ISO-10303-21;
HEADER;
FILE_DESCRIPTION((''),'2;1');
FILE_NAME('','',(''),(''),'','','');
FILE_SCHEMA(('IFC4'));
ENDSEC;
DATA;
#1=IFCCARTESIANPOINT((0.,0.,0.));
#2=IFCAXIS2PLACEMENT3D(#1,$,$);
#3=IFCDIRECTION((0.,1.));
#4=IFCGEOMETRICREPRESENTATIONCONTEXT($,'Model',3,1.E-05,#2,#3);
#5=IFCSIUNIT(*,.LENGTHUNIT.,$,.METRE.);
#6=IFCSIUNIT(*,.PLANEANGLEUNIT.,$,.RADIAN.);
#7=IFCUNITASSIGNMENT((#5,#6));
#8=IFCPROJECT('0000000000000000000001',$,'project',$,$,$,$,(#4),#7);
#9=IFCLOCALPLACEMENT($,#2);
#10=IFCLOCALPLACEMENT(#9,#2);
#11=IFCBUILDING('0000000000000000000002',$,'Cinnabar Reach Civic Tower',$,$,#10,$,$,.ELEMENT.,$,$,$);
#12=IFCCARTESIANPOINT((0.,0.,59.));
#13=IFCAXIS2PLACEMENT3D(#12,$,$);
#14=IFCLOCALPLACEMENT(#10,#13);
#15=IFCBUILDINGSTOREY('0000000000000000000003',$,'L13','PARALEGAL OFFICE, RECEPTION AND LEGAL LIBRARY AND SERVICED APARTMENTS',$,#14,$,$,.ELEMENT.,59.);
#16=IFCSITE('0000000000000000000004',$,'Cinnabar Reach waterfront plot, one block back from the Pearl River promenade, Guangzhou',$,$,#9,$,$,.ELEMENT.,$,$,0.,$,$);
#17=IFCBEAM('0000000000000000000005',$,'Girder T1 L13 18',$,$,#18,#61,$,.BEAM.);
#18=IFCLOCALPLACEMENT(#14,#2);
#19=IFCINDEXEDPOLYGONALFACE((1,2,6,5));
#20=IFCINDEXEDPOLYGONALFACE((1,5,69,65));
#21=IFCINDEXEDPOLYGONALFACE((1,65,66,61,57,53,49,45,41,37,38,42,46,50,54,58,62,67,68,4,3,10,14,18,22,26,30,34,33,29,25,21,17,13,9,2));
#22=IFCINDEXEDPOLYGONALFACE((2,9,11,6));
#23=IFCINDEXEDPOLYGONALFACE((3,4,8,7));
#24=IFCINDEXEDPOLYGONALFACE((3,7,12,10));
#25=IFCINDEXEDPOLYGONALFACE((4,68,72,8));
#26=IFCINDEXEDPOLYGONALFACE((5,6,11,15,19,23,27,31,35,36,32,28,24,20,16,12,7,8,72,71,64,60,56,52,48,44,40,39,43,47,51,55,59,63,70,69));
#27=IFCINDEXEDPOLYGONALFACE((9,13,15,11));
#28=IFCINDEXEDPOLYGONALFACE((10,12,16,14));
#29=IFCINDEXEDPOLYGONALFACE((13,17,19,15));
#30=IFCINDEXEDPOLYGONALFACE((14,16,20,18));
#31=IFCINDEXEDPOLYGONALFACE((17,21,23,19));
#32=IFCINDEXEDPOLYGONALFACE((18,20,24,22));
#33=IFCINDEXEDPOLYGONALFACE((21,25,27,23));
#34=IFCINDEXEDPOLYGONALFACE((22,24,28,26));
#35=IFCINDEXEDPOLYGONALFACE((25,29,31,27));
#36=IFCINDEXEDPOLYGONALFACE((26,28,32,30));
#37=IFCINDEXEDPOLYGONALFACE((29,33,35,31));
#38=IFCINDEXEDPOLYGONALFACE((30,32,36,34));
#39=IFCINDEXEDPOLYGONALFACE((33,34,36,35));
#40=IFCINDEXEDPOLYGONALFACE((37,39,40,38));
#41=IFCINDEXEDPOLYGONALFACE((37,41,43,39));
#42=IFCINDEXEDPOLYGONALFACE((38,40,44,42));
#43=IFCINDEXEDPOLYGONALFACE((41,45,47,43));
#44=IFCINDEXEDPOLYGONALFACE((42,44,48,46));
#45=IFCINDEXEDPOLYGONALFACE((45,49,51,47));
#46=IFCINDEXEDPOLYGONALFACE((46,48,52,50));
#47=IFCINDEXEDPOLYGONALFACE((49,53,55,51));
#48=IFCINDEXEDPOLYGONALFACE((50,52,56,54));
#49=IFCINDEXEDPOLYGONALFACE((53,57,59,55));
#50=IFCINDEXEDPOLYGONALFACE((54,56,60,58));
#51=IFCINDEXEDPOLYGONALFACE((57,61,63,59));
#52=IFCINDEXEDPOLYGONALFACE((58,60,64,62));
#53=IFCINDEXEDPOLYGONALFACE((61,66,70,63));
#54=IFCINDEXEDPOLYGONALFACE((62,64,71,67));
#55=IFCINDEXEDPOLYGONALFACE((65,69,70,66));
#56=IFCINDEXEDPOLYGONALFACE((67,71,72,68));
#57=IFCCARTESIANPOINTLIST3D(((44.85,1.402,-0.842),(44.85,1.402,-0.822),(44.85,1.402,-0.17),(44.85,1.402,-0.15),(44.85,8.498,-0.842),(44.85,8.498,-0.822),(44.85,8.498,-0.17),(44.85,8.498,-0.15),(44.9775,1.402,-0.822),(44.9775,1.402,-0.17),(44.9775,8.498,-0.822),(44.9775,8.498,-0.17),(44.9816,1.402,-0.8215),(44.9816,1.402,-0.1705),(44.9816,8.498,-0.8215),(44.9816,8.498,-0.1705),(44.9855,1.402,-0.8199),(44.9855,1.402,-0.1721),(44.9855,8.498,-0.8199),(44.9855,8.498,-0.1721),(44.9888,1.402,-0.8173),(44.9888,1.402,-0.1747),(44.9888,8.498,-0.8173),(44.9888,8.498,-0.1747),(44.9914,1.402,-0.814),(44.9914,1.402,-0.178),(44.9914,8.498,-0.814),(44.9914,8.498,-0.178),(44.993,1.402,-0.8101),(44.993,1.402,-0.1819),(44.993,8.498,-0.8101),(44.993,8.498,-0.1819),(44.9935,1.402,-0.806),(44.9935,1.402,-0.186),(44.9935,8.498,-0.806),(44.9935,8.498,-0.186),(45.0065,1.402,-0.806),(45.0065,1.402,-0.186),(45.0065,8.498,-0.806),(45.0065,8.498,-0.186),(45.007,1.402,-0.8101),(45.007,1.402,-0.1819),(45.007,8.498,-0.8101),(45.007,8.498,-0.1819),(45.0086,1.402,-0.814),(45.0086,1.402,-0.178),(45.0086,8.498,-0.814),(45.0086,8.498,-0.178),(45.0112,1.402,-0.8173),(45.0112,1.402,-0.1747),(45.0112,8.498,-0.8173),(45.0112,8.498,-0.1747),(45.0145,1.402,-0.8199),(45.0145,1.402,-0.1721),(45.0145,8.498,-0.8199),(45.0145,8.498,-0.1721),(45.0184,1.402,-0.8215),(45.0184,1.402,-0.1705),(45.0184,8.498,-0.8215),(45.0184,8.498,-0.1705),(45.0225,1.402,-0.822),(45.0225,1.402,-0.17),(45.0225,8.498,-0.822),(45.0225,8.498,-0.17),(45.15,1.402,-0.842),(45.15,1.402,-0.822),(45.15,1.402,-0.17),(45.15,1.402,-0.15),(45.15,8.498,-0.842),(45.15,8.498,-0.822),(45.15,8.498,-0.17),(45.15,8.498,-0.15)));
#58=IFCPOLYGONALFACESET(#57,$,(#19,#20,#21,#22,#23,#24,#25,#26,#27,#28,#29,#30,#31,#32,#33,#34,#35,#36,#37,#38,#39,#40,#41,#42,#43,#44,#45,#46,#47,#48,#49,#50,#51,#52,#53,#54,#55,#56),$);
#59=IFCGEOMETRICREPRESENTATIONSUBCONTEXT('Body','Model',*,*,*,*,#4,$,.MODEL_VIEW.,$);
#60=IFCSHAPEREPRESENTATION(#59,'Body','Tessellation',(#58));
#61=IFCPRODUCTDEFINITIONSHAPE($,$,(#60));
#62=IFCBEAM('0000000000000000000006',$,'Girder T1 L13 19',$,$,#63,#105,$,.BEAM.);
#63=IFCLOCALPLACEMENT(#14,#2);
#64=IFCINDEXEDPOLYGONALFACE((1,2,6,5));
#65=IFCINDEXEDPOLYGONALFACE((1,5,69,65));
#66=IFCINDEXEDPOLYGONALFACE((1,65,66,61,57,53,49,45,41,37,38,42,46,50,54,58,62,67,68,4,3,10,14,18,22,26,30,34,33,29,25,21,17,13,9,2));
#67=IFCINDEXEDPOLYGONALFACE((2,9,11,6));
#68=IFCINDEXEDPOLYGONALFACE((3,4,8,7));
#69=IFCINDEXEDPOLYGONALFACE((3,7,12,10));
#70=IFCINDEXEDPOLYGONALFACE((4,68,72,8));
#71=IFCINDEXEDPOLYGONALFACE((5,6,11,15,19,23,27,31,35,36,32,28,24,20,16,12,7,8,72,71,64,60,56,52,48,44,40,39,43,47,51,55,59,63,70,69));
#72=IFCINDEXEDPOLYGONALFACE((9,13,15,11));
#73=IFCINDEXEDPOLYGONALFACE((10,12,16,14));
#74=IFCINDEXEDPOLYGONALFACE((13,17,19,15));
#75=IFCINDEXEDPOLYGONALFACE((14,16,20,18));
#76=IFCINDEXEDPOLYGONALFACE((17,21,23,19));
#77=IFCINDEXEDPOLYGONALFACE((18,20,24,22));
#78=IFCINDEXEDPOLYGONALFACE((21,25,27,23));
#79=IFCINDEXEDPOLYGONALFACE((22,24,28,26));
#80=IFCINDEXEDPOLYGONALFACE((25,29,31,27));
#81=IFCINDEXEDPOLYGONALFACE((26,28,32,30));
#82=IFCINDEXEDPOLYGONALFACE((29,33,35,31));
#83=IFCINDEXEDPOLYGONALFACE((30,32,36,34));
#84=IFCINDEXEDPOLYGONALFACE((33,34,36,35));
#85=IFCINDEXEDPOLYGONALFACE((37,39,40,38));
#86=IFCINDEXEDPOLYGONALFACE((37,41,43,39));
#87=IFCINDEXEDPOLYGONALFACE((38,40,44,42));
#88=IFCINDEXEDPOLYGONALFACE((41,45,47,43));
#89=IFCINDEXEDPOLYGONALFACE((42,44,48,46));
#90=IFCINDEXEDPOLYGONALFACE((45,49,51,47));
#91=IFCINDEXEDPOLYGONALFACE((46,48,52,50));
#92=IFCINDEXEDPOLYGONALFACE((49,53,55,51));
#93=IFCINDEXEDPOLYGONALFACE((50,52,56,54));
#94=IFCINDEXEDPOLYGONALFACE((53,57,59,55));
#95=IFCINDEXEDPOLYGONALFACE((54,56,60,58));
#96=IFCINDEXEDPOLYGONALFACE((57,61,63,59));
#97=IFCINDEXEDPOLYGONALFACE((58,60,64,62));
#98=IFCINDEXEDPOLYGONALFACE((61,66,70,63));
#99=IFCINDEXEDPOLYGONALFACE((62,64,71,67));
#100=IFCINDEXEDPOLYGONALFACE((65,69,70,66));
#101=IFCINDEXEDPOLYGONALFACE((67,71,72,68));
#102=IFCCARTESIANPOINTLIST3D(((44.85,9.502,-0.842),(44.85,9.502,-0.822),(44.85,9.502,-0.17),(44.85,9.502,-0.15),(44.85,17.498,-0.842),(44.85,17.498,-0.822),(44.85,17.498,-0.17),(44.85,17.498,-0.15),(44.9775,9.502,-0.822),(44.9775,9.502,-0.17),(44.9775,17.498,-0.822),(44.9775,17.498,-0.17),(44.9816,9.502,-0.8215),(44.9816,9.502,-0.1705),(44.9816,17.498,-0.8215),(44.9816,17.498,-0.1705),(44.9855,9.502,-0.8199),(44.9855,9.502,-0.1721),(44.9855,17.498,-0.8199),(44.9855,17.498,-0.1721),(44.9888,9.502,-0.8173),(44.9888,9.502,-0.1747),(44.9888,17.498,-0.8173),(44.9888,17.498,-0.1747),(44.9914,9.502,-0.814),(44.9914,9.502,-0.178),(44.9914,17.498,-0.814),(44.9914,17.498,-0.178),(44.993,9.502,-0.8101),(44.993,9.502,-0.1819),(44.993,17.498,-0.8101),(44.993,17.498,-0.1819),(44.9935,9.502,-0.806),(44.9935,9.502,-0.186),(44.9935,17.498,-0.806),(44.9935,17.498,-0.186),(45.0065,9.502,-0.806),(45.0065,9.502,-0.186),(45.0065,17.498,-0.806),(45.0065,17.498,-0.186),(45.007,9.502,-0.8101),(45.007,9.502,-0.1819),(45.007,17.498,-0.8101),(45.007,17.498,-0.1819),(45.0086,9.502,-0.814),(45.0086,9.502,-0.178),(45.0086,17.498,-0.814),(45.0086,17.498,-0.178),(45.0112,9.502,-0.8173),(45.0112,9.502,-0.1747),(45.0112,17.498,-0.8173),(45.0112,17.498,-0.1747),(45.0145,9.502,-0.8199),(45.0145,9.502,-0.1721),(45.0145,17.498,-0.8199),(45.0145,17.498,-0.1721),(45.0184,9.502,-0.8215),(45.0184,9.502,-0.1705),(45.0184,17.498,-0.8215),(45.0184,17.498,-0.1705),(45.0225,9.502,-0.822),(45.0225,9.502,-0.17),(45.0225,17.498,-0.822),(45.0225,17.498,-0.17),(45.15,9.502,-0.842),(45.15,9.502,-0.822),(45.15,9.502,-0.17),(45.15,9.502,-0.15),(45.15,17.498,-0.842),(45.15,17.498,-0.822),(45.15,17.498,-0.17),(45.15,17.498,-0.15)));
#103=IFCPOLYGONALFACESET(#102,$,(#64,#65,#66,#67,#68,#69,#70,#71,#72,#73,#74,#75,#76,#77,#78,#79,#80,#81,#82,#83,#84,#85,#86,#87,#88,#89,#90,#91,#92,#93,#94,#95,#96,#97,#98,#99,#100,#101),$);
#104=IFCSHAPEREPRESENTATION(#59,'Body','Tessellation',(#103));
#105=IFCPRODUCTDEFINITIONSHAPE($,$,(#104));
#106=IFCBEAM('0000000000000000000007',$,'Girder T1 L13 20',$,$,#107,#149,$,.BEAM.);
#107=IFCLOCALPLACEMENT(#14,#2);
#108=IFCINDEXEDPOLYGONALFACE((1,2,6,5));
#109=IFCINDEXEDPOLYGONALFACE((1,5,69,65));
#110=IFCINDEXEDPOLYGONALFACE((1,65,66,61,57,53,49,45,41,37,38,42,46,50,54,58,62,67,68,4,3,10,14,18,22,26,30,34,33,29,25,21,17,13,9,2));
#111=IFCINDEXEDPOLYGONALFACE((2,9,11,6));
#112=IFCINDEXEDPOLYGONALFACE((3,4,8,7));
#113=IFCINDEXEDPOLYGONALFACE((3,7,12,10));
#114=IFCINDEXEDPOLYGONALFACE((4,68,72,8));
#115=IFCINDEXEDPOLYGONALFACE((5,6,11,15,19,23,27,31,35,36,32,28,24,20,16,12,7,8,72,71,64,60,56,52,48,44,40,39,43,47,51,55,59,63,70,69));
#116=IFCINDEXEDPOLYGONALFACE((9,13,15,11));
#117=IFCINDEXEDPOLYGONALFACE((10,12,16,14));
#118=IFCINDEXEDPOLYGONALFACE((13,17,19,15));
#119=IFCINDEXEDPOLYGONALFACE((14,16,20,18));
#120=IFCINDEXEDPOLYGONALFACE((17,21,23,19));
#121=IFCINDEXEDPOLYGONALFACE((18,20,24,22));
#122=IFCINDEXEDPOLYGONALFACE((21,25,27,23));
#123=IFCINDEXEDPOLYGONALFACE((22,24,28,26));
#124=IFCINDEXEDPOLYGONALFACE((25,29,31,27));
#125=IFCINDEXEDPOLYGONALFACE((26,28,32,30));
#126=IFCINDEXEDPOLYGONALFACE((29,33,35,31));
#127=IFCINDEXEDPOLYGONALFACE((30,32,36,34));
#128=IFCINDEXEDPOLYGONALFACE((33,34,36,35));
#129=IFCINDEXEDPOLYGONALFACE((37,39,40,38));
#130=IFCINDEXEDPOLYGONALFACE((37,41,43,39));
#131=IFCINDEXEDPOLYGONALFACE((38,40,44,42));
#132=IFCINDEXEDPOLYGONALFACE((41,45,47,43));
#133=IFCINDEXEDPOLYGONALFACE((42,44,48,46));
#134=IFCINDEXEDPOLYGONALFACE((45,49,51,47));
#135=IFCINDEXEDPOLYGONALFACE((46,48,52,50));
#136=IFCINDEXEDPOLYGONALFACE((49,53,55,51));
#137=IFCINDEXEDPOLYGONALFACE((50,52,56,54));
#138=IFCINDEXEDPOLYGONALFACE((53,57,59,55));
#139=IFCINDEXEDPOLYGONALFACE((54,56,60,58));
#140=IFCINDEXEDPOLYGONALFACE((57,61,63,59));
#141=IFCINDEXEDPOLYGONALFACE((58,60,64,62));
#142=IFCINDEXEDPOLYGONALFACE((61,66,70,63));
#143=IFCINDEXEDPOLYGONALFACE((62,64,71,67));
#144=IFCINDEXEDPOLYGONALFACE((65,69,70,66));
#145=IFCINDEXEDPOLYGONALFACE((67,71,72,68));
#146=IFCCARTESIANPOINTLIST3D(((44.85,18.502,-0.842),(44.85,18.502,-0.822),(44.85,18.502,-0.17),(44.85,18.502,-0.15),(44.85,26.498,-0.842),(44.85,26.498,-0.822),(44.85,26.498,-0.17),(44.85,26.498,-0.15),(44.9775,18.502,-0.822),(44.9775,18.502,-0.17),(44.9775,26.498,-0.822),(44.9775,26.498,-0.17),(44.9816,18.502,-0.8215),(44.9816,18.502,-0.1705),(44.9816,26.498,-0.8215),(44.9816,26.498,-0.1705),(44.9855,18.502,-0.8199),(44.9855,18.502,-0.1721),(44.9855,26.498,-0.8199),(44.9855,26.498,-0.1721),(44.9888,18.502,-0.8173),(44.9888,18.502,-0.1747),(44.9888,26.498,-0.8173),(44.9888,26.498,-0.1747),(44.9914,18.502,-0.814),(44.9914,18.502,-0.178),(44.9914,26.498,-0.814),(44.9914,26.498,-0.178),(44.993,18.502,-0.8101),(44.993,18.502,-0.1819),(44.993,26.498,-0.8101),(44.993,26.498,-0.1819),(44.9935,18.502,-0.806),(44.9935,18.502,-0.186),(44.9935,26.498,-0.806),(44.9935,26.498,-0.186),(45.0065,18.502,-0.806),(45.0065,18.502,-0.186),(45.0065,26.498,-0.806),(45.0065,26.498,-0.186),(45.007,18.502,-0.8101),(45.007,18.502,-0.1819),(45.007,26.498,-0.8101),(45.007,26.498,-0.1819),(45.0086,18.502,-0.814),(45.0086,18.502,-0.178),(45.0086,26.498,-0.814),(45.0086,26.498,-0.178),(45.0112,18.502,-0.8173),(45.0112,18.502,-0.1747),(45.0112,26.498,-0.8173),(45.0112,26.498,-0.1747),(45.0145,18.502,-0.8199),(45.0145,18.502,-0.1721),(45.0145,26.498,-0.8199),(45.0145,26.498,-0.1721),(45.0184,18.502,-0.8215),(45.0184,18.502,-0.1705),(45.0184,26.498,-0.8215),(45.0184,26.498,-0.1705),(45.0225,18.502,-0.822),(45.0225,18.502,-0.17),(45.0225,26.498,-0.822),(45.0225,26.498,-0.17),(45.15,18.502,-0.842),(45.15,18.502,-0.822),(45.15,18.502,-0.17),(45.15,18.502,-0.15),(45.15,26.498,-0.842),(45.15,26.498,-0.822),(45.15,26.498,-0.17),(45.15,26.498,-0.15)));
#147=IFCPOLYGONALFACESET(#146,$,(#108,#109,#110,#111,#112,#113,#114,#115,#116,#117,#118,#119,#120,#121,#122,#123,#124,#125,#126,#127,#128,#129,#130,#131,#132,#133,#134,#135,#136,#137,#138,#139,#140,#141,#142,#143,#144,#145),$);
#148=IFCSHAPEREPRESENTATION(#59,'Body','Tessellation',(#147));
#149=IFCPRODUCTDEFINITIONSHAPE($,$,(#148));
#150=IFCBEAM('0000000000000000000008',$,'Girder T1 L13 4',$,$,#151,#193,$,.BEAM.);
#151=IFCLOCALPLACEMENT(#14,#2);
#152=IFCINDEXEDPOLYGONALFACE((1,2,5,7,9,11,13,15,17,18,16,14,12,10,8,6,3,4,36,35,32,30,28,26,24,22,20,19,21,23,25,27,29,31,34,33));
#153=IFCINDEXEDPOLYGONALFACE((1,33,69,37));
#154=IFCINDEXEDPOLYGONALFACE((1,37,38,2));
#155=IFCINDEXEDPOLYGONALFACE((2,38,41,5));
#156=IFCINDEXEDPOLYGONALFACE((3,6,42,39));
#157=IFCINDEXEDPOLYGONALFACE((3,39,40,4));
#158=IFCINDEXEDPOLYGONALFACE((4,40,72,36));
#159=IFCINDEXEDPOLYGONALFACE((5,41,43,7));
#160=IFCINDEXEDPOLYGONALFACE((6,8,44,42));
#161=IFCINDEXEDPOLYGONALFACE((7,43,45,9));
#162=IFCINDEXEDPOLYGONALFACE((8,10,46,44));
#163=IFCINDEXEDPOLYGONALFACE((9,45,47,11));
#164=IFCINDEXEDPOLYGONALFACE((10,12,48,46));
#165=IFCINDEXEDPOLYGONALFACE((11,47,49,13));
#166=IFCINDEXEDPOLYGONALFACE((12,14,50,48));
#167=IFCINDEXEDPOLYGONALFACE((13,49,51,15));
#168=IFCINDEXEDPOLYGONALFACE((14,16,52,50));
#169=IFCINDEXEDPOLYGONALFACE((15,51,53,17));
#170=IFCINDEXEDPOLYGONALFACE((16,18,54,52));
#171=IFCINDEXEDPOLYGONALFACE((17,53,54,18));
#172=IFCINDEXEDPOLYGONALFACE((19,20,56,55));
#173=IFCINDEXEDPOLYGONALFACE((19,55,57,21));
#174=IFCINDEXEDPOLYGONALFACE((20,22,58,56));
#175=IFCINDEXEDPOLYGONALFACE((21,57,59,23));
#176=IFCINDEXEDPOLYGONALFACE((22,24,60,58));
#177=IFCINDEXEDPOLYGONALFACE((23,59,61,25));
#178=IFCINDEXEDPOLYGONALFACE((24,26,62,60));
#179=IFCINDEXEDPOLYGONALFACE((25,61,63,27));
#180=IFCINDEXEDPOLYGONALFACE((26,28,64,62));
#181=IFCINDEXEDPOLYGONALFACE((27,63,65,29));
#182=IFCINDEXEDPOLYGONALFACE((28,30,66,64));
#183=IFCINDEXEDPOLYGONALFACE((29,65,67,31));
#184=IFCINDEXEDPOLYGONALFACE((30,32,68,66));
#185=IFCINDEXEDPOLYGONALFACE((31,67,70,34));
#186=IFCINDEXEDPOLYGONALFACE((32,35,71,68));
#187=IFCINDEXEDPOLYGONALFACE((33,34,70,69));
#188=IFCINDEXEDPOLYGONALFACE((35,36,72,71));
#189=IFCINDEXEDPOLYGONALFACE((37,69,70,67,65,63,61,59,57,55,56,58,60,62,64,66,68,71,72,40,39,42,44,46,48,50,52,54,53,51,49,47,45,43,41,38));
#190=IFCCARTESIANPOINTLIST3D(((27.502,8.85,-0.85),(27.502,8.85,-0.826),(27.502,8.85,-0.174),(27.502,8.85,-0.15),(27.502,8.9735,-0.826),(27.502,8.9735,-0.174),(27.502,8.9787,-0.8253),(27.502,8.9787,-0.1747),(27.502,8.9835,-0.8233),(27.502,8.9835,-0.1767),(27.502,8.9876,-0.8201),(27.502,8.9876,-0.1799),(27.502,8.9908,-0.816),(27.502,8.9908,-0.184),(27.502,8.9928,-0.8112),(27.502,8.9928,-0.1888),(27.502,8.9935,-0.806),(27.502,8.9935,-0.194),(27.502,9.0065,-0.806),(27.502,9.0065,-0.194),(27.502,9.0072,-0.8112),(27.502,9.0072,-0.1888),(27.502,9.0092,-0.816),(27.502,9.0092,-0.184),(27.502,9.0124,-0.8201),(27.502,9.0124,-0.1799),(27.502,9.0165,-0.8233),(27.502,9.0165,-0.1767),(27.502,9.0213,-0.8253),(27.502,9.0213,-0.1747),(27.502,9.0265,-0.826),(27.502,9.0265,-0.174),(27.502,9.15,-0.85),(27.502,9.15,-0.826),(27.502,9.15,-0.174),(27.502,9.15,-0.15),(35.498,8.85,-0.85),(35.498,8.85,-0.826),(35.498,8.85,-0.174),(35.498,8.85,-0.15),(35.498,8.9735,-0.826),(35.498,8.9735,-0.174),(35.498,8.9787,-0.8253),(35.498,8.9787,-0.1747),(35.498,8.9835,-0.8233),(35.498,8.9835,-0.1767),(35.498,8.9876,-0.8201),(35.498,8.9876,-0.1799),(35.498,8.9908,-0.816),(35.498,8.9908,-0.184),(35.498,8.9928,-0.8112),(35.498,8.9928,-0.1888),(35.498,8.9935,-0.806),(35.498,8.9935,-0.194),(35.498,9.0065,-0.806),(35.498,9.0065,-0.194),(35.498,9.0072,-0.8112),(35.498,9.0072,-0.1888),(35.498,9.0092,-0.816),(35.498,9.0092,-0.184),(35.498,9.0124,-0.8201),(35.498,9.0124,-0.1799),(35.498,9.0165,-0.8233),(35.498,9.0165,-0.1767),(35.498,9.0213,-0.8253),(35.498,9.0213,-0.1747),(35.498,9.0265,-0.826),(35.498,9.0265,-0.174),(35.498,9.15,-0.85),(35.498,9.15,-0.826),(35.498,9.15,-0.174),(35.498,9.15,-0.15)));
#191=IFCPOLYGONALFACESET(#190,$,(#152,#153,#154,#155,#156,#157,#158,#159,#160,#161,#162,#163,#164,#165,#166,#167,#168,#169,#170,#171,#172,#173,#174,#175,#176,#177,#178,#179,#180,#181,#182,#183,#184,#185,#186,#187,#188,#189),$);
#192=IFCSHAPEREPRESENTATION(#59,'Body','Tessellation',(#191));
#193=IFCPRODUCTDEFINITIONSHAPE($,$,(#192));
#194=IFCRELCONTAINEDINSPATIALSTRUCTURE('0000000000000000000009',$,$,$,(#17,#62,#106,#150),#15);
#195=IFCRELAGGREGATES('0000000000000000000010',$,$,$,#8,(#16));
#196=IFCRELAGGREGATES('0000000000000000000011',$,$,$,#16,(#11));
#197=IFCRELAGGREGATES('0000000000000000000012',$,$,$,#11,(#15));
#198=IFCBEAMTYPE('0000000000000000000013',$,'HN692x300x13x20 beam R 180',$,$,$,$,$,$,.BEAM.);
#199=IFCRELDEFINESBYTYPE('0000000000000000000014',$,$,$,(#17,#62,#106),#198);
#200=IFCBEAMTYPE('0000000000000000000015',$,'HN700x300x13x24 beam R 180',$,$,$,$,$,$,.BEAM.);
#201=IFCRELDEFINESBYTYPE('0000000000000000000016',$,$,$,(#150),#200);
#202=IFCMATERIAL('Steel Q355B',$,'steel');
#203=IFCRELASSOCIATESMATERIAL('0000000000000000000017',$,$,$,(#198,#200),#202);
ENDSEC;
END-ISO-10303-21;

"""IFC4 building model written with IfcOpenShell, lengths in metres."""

from ifc_helpers import new_model, si_unit, direction, frame, origin, origin_2d, place, context, subcontext, project, spatial, i_section, extrude, material, material_profile, profile_set, type_object, element, save


model = new_model("IFC4")

# Units and contexts
model_context = context("Model", 3, precision=1e-05, world=origin(), true_north=direction((0.0, 1.0)))
body_context = subcontext(model_context, "Body", "Model", "MODEL_VIEW")
ifc_project = project(units=[si_unit("LENGTHUNIT", "METRE"), si_unit("PLANEANGLEUNIT", "RADIAN")], contexts=[model_context])

# Site, building, storey
site_placement = place(None, origin())
site = spatial("IfcSite", under=ifc_project, at=site_placement, Name="Cinnabar Reach waterfront plot, one block back from the Pearl River promenade, Guangzhou", CompositionType="ELEMENT", RefElevation=0.0)
building_placement = place(site_placement, origin())
building = spatial("IfcBuilding", under=site, at=building_placement, Name="Cinnabar Reach Civic Tower", CompositionType="ELEMENT")
storey_placement = place(building_placement, frame((0.0, 0.0, 59.0)))
storey = spatial("IfcBuildingStorey", under=building, at=storey_placement, Name="L13", Description="PARALEGAL OFFICE, RECEPTION AND LEGAL LIBRARY AND SERVICED APARTMENTS", CompositionType="ELEMENT", Elevation=59.0)

# Beams
ifc_material_1 = material(Name="Steel Q355B", Category="steel")
ifc_material_profile_1 = material_profile(ifc_material_1, i_section(OverallWidth=0.3, OverallDepth=0.692, WebThickness=0.013, FlangeThickness=0.02, FilletRadius=0.016, at=origin_2d()), Name="HN692x300x13x20")
ifc_profile_set_1 = profile_set([ifc_material_profile_1], Name="Steel Q355B")
beam_type_1 = type_object("IfcBeamType", Name="HN692x300x13x20 beam R 180", PredefinedType="BEAM", material=ifc_profile_set_1)
beam_1_placement = place(storey_placement, frame((45.0, 1.402, -0.496), z_axis=(0.0, 1.0, 0.0), x_axis=(-1.0, 0.0, 0.0)))
element("IfcBeam", 1, at=beam_1_placement, inside=storey, type_object=beam_type_1, Name="Girder T1 L13 18", PredefinedType="BEAM", context=body_context, shape_type="SweptSolid", body=[
    extrude(i_section(OverallWidth=0.3, OverallDepth=0.692, WebThickness=0.013, FlangeThickness=0.02, FilletRadius=0.016, at=origin_2d()), origin(), (0.0, 0.0, 1.0), 7.096),
])
for number, where, z_axis, x_axis, name in (
    (2, (45.0, 9.502, -0.496), (0.0, 1.0, 0.0), (-1.0, 0.0, 0.0), "Girder T1 L13 19"),
    (3, (45.0, 18.502, -0.496), (0.0, 1.0, 0.0), (-1.0, 0.0, 0.0), "Girder T1 L13 20"),
):
    element("IfcBeam", number, at=place(storey_placement, frame(where, z_axis=z_axis, x_axis=x_axis)), inside=storey, type_object=beam_type_1, Name=name, PredefinedType="BEAM", context=body_context, shape_type="SweptSolid", body=[
        extrude(i_section(OverallWidth=0.3, OverallDepth=0.692, WebThickness=0.013, FlangeThickness=0.02, FilletRadius=0.016, at=origin_2d()), origin(), (0.0, 0.0, 1.0), 7.996),
    ])
ifc_material_profile_2 = material_profile(ifc_material_1, i_section(OverallWidth=0.3, OverallDepth=0.7, WebThickness=0.013, FlangeThickness=0.024, FilletRadius=0.02, at=origin_2d()), Name="HN700x300x13x24")
ifc_profile_set_2 = profile_set([ifc_material_profile_2], Name="Steel Q355B")
beam_type_2 = type_object("IfcBeamType", Name="HN700x300x13x24 beam R 180", PredefinedType="BEAM", material=ifc_profile_set_2)
for number, where, z_axis, x_axis, name in (
    (4, (27.502, 9.0, -0.5), (1.0, 0.0, 0.0), (0.0, 1.0, 0.0), "Girder T1 L13 4"),
):
    element("IfcBeam", number, at=place(storey_placement, frame(where, z_axis=z_axis, x_axis=x_axis)), inside=storey, type_object=beam_type_2, Name=name, PredefinedType="BEAM", context=body_context, shape_type="SweptSolid", body=[
        extrude(i_section(OverallWidth=0.3, OverallDepth=0.7, WebThickness=0.013, FlangeThickness=0.024, FilletRadius=0.02, at=origin_2d()), origin(), (0.0, 0.0, 1.0), 7.996),
    ])

save(model, "model.ifc")
